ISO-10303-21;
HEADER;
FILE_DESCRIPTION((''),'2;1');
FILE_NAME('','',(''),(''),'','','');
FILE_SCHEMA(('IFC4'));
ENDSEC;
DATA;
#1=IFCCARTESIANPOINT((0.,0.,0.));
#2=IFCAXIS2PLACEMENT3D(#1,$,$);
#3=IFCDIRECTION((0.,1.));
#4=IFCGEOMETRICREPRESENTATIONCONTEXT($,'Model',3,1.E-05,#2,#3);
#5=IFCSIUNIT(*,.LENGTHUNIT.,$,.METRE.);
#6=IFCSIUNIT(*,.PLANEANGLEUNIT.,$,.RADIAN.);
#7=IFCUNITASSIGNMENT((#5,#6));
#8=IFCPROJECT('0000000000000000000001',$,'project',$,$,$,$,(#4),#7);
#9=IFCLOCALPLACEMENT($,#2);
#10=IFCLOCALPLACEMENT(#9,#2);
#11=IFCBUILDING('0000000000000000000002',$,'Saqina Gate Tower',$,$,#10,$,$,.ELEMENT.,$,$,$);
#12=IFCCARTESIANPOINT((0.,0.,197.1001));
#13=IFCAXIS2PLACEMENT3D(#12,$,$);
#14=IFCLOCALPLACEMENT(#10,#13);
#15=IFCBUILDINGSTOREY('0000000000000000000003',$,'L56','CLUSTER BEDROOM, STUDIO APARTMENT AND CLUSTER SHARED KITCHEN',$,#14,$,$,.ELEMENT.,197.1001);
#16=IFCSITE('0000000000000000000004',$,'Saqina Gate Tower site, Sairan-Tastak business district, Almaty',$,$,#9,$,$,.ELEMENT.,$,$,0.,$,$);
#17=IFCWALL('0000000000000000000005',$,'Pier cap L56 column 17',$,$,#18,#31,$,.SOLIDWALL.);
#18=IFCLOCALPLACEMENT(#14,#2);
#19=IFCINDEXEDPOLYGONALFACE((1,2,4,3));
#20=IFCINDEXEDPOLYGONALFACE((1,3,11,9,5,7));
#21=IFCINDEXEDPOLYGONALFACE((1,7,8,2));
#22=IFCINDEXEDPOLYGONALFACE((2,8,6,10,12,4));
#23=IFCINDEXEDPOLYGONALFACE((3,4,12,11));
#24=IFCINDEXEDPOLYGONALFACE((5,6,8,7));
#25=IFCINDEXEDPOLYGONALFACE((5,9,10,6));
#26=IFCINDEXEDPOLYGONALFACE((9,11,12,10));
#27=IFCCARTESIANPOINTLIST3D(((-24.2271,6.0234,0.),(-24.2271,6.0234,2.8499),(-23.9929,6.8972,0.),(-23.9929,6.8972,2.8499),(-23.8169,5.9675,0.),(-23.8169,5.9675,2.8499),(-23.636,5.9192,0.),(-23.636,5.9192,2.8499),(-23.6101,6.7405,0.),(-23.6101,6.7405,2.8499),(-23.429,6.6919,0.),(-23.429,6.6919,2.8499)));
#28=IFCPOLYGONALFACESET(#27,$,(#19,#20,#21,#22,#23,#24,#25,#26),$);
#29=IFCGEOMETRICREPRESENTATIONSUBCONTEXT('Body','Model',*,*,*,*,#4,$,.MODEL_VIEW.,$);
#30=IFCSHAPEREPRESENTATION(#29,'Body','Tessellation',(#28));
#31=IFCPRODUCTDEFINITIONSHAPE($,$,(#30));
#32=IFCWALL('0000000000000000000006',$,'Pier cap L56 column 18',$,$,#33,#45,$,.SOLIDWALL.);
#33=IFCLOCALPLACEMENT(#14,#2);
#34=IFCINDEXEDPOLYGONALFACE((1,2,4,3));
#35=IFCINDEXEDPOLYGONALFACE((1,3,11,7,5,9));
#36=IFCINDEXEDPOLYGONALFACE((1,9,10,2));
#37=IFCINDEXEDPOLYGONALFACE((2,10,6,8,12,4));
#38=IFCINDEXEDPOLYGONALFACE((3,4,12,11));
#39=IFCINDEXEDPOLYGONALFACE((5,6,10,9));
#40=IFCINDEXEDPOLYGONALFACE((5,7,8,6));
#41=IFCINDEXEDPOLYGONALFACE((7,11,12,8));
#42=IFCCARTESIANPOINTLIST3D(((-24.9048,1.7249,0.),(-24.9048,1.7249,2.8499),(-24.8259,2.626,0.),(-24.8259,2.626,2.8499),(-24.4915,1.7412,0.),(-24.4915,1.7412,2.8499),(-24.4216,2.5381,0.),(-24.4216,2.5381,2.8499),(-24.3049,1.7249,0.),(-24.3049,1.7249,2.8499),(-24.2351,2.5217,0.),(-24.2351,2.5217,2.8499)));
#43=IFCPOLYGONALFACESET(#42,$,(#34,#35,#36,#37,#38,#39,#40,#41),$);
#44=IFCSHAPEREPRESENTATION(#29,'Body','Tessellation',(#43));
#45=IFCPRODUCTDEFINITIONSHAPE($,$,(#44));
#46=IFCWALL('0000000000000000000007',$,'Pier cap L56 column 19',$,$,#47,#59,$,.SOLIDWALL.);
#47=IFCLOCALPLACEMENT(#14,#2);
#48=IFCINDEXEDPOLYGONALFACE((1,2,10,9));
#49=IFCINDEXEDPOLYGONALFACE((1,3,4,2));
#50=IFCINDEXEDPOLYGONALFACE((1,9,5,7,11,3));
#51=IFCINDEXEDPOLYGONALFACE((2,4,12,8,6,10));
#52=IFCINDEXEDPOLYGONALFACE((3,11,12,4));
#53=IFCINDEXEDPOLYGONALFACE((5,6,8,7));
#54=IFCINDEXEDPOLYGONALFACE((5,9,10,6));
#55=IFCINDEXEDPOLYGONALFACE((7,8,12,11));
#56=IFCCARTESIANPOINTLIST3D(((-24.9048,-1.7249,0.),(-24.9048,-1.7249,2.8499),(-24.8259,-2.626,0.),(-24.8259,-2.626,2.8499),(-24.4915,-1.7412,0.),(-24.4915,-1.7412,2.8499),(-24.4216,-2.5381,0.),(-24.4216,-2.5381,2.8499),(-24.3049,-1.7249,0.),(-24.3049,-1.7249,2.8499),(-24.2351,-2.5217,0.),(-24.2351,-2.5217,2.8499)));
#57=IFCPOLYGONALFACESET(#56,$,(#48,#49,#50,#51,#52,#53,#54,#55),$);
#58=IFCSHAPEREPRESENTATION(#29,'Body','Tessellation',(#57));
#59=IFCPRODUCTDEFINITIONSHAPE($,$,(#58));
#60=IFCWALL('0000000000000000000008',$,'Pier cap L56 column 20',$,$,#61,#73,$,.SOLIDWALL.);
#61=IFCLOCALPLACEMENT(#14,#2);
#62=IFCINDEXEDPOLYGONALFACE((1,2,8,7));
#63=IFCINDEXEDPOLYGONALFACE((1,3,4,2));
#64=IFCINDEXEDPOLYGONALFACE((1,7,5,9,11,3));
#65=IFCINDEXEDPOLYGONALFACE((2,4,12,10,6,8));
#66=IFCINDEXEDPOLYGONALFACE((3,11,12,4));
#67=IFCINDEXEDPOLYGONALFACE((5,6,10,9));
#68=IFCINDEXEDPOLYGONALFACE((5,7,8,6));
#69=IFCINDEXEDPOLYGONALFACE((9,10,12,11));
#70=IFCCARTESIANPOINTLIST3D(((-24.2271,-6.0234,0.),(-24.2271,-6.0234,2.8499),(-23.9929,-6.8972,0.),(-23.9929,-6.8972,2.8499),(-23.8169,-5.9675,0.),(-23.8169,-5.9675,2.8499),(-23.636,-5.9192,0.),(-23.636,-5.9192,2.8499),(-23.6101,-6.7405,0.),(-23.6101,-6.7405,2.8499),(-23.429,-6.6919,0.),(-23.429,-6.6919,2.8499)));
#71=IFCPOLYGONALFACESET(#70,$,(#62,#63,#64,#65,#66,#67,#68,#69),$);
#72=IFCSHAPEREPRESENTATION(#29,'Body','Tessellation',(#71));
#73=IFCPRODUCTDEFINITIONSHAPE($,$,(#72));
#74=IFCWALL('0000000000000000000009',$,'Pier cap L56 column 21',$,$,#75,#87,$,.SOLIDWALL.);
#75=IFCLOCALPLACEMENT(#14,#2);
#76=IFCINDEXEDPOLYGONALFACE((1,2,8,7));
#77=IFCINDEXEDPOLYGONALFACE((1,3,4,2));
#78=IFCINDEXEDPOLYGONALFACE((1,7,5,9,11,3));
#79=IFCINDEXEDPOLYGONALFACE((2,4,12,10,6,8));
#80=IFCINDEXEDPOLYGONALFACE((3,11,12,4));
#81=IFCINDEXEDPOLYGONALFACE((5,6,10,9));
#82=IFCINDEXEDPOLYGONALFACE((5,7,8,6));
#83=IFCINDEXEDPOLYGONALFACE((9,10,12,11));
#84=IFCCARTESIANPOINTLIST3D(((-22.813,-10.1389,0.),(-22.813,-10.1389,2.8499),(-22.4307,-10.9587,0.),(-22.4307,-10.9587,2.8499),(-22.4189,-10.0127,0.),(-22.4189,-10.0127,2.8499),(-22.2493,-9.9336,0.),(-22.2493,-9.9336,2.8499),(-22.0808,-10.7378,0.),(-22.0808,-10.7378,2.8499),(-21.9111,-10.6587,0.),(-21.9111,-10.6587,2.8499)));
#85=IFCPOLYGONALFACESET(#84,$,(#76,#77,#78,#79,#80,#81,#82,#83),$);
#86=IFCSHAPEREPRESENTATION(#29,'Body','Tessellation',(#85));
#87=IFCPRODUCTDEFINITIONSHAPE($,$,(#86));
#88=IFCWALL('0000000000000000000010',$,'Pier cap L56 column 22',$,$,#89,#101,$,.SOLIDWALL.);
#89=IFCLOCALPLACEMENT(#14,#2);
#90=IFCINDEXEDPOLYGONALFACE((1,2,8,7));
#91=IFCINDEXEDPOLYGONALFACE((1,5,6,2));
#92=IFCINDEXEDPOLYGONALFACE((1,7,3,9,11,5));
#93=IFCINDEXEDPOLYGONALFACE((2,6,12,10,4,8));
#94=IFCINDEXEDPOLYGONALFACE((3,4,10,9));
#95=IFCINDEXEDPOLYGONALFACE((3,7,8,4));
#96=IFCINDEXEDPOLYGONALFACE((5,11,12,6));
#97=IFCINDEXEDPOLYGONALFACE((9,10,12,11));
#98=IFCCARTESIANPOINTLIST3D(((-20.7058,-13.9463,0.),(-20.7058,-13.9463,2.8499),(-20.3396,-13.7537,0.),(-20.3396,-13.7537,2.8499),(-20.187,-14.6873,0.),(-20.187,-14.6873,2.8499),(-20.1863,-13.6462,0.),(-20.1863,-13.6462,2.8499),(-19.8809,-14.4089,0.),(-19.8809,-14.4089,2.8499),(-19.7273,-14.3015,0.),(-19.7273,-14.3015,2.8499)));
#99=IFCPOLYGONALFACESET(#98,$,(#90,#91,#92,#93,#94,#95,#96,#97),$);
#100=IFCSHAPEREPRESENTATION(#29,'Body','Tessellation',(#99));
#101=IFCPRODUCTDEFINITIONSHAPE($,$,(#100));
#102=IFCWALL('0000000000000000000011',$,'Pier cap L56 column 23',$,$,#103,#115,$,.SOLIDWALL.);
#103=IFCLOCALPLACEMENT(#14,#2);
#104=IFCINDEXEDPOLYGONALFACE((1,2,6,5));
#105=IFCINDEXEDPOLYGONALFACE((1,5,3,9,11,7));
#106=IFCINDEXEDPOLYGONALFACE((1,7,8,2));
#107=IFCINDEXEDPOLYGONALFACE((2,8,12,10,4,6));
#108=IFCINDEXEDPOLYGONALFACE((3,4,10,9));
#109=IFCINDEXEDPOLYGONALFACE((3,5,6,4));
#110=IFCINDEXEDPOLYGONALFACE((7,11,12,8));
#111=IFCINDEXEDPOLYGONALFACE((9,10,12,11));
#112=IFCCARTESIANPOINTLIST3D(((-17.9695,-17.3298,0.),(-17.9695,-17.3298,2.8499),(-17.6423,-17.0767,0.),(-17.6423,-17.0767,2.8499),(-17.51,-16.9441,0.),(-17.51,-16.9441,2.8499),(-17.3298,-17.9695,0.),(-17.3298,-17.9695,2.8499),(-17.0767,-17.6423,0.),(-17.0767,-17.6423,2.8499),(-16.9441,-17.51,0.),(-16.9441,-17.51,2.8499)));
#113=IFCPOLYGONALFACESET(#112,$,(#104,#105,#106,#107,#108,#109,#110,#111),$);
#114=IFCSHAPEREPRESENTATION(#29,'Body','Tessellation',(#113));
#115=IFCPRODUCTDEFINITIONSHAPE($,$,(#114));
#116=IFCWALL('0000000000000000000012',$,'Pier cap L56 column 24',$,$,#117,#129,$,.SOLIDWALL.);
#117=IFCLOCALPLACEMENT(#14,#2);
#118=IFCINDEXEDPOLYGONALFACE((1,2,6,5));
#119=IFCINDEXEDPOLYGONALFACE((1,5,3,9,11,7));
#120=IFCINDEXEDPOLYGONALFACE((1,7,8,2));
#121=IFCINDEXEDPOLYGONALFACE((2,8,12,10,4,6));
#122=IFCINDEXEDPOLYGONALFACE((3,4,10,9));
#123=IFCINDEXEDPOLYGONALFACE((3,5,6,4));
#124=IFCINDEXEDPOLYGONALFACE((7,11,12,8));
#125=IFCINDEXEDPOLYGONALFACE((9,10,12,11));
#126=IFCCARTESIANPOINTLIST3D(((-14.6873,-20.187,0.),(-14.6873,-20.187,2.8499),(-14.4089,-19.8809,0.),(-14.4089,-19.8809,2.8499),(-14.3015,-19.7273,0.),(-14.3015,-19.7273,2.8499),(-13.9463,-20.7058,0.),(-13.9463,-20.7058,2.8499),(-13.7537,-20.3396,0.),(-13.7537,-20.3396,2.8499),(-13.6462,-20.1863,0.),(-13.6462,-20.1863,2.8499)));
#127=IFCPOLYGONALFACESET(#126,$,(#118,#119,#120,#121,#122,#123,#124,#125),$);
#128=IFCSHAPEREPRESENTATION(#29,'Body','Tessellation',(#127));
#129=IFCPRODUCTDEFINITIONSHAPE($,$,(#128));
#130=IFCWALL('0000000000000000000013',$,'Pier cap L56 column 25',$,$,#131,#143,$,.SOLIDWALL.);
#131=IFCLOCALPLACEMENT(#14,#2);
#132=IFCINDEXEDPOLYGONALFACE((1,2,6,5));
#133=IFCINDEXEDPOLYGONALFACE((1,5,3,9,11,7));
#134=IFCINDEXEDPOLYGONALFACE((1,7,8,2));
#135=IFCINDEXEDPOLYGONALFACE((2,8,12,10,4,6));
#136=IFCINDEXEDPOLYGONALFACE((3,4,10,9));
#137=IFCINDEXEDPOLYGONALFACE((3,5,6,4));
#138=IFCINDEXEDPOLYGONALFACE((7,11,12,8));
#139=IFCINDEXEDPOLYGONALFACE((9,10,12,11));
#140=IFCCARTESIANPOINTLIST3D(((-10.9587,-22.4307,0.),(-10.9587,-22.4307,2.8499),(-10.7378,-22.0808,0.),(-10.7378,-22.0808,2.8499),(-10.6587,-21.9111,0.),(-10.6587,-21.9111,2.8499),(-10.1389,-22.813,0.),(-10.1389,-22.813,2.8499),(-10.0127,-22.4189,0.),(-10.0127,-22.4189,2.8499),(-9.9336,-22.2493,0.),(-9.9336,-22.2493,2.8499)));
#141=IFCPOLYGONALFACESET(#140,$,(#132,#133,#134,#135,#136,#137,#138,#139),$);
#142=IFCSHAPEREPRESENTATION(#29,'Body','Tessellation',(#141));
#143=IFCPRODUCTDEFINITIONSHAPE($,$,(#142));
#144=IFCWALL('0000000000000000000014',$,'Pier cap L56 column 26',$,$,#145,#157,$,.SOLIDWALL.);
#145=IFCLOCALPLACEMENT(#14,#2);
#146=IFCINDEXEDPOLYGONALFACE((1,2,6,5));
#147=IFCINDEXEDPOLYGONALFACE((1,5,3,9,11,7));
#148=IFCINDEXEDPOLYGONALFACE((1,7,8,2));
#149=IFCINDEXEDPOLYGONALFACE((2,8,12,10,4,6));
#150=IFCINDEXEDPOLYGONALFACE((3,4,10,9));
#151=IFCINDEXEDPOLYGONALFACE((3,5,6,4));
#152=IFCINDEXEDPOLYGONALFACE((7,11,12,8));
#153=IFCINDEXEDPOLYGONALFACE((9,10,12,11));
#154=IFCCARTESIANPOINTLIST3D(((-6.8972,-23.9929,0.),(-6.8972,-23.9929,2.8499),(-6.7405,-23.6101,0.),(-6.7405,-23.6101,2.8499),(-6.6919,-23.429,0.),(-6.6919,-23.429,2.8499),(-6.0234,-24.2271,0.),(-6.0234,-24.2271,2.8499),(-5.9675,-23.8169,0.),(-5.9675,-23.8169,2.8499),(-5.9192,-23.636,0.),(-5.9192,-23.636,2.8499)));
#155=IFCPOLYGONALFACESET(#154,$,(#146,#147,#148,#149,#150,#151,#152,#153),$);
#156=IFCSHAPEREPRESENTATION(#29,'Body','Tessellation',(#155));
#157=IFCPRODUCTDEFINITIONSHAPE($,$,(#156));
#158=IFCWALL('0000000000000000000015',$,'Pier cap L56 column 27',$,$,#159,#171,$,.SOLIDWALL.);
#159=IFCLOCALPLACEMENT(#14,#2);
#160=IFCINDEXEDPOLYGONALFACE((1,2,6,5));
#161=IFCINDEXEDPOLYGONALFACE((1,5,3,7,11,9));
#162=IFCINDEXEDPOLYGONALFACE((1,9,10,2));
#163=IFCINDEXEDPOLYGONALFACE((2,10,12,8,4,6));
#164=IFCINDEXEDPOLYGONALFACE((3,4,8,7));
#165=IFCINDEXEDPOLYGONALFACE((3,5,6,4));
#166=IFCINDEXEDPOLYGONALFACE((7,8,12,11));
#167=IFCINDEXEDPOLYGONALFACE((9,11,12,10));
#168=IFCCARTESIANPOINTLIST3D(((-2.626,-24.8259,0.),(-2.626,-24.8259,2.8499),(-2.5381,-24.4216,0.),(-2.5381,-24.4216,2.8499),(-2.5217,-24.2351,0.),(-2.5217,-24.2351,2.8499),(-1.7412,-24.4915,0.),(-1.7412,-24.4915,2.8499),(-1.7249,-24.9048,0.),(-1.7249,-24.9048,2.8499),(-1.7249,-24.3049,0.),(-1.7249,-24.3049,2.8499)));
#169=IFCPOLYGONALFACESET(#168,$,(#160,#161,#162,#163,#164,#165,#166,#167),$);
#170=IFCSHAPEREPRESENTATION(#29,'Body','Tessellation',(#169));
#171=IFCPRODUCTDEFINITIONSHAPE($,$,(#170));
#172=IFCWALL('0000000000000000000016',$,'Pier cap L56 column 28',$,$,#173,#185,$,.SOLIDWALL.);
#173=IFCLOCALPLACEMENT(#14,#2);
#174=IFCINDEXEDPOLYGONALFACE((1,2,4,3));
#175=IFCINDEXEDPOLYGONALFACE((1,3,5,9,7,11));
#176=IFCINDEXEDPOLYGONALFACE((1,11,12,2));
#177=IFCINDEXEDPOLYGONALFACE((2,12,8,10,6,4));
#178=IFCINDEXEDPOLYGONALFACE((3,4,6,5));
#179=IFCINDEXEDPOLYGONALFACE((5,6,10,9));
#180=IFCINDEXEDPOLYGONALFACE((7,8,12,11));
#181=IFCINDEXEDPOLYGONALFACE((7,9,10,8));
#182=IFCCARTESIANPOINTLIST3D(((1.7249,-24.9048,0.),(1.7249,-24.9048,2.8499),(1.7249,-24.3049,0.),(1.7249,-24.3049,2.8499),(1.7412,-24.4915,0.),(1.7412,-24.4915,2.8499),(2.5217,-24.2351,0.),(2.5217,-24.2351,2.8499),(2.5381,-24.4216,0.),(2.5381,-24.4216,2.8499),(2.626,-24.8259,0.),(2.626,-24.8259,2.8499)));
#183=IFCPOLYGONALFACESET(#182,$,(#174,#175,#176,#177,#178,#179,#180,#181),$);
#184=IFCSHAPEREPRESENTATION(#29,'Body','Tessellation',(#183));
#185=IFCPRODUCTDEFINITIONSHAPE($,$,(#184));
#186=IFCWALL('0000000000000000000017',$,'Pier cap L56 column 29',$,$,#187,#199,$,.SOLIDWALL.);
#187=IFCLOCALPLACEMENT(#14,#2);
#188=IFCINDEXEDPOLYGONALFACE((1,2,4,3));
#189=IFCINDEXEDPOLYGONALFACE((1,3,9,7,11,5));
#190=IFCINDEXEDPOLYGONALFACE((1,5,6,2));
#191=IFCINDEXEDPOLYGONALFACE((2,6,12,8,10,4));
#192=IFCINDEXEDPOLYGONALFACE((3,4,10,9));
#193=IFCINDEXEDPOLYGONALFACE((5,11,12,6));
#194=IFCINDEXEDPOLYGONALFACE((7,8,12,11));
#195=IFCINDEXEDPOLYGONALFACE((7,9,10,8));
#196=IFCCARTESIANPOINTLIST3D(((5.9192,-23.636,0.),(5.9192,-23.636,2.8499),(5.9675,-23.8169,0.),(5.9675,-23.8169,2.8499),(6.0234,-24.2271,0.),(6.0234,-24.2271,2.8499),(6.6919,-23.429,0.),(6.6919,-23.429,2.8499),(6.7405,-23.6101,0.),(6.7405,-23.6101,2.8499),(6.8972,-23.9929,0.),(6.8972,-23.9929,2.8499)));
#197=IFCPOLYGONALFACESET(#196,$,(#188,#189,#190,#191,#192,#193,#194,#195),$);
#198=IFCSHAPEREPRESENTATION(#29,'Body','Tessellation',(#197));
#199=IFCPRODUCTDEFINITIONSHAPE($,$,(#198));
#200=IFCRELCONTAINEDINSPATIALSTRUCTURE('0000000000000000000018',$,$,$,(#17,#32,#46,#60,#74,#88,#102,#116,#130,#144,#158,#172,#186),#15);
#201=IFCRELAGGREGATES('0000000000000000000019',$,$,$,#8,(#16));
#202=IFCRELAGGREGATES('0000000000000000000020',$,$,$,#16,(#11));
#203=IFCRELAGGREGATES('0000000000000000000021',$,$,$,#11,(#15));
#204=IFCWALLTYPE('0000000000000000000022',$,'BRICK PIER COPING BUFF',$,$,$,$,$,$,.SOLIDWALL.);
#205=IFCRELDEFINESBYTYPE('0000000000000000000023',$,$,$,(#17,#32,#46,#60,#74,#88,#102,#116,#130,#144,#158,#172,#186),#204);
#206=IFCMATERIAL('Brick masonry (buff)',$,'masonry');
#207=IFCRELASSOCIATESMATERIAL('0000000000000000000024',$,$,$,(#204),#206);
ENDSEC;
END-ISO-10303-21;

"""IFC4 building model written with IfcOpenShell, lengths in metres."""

from ifc_helpers import new_model, si_unit, direction, frame, origin, place, context, subcontext, project, spatial, polyline, outline, extrude, material, type_object, element, save


model = new_model("IFC4")

# Units and contexts
model_context = context("Model", 3, precision=1e-05, world=origin(), true_north=direction((0.0, 1.0)))
body_context = subcontext(model_context, "Body", "Model", "MODEL_VIEW")
ifc_project = project(units=[si_unit("LENGTHUNIT", "METRE"), si_unit("PLANEANGLEUNIT", "RADIAN")], contexts=[model_context])

# Site, building, storey
site_placement = place(None, origin())
site = spatial("IfcSite", under=ifc_project, at=site_placement, Name="Saqina Gate Tower site, Sairan-Tastak business district, Almaty", CompositionType="ELEMENT", RefElevation=0.0)
building_placement = place(site_placement, origin())
building = spatial("IfcBuilding", under=site, at=building_placement, Name="Saqina Gate Tower", CompositionType="ELEMENT")
storey_placement = place(building_placement, frame((0.0, 0.0, 197.1001)))
storey = spatial("IfcBuildingStorey", under=building, at=storey_placement, Name="L56", Description="CLUSTER BEDROOM, STUDIO APARTMENT AND CLUSTER SHARED KITCHEN", CompositionType="ELEMENT", Elevation=197.1001)

# Walls
ifc_material = material(Name="Brick masonry (buff)", Category="masonry")
wall_type = type_object("IfcWallType", Name="BRICK PIER COPING BUFF", PredefinedType="SOLIDWALL", material=ifc_material)
wall_1_placement = place(storey_placement, origin())
element("IfcWall", 1, at=wall_1_placement, inside=storey, type_object=wall_type, Name="Pier cap L56 column 17", PredefinedType="SOLIDWALL", context=body_context, shape_type="SweptSolid", body=[
    extrude(outline(polyline([(-24.2271, 6.0234), (-23.636, 5.9192), (-23.8169, 5.9675), (-23.6101, 6.7405), (-23.429, 6.6919), (-23.9929, 6.8972), (-24.2271, 6.0234)])), origin(), (0.0, 0.0, 1.0), 2.8499),
])
wall_2_placement = place(storey_placement, origin())
element("IfcWall", 2, at=wall_2_placement, inside=storey, type_object=wall_type, Name="Pier cap L56 column 18", PredefinedType="SOLIDWALL", context=body_context, shape_type="SweptSolid", body=[
    extrude(outline(polyline([(-24.8259, 2.626), (-24.9048, 1.7249), (-24.3049, 1.7249), (-24.4915, 1.7412), (-24.4216, 2.5381), (-24.2351, 2.5217), (-24.8259, 2.626)])), origin(), (0.0, 0.0, 1.0), 2.8499),
])
wall_3_placement = place(storey_placement, origin())
element("IfcWall", 3, at=wall_3_placement, inside=storey, type_object=wall_type, Name="Pier cap L56 column 19", PredefinedType="SOLIDWALL", context=body_context, shape_type="SweptSolid", body=[
    extrude(outline(polyline([(-24.9048, -1.7249), (-24.8259, -2.626), (-24.2351, -2.5217), (-24.4216, -2.5381), (-24.4915, -1.7412), (-24.3049, -1.7249), (-24.9048, -1.7249)])), origin(), (0.0, 0.0, 1.0), 2.8499),
])
wall_4_placement = place(storey_placement, origin())
element("IfcWall", 4, at=wall_4_placement, inside=storey, type_object=wall_type, Name="Pier cap L56 column 20", PredefinedType="SOLIDWALL", context=body_context, shape_type="SweptSolid", body=[
    extrude(outline(polyline([(-24.2271, -6.0234), (-23.9929, -6.8972), (-23.429, -6.6919), (-23.6101, -6.7405), (-23.8169, -5.9675), (-23.636, -5.9192), (-24.2271, -6.0234)])), origin(), (0.0, 0.0, 1.0), 2.8499),
])
wall_5_placement = place(storey_placement, origin())
element("IfcWall", 5, at=wall_5_placement, inside=storey, type_object=wall_type, Name="Pier cap L56 column 21", PredefinedType="SOLIDWALL", context=body_context, shape_type="SweptSolid", body=[
    extrude(outline(polyline([(-22.4307, -10.9587), (-21.9111, -10.6587), (-22.0808, -10.7378), (-22.4189, -10.0127), (-22.2493, -9.9336), (-22.813, -10.1389), (-22.4307, -10.9587)])), origin(), (0.0, 0.0, 1.0), 2.8499),
])
wall_6_placement = place(storey_placement, origin())
element("IfcWall", 6, at=wall_6_placement, inside=storey, type_object=wall_type, Name="Pier cap L56 column 22", PredefinedType="SOLIDWALL", context=body_context, shape_type="SweptSolid", body=[
    extrude(outline(polyline([(-20.7058, -13.9463), (-20.187, -14.6873), (-19.7273, -14.3015), (-19.8809, -14.4089), (-20.3396, -13.7537), (-20.1863, -13.6462), (-20.7058, -13.9463)])), origin(), (0.0, 0.0, 1.0), 2.8499),
])
wall_7_placement = place(storey_placement, origin())
element("IfcWall", 7, at=wall_7_placement, inside=storey, type_object=wall_type, Name="Pier cap L56 column 23", PredefinedType="SOLIDWALL", context=body_context, shape_type="SweptSolid", body=[
    extrude(outline(polyline([(-17.3298, -17.9695), (-16.9441, -17.51), (-17.0767, -17.6423), (-17.6423, -17.0767), (-17.51, -16.9441), (-17.9695, -17.3298), (-17.3298, -17.9695)])), origin(), (0.0, 0.0, 1.0), 2.8499),
])
wall_8_placement = place(storey_placement, origin())
element("IfcWall", 8, at=wall_8_placement, inside=storey, type_object=wall_type, Name="Pier cap L56 column 24", PredefinedType="SOLIDWALL", context=body_context, shape_type="SweptSolid", body=[
    extrude(outline(polyline([(-14.6873, -20.187), (-13.9463, -20.7058), (-13.6462, -20.1863), (-13.7537, -20.3396), (-14.4089, -19.8809), (-14.3015, -19.7273), (-14.6873, -20.187)])), origin(), (0.0, 0.0, 1.0), 2.8499),
])
wall_9_placement = place(storey_placement, origin())
element("IfcWall", 9, at=wall_9_placement, inside=storey, type_object=wall_type, Name="Pier cap L56 column 25", PredefinedType="SOLIDWALL", context=body_context, shape_type="SweptSolid", body=[
    extrude(outline(polyline([(-10.1389, -22.813), (-9.9336, -22.2493), (-10.0127, -22.4189), (-10.7378, -22.0808), (-10.6587, -21.9111), (-10.9587, -22.4307), (-10.1389, -22.813)])), origin(), (0.0, 0.0, 1.0), 2.8499),
])
wall_10_placement = place(storey_placement, origin())
element("IfcWall", 10, at=wall_10_placement, inside=storey, type_object=wall_type, Name="Pier cap L56 column 26", PredefinedType="SOLIDWALL", context=body_context, shape_type="SweptSolid", body=[
    extrude(outline(polyline([(-6.0234, -24.2271), (-5.9192, -23.636), (-5.9675, -23.8169), (-6.7405, -23.6101), (-6.6919, -23.429), (-6.8972, -23.9929), (-6.0234, -24.2271)])), origin(), (0.0, 0.0, 1.0), 2.8499),
])
wall_11_placement = place(storey_placement, origin())
element("IfcWall", 11, at=wall_11_placement, inside=storey, type_object=wall_type, Name="Pier cap L56 column 27", PredefinedType="SOLIDWALL", context=body_context, shape_type="SweptSolid", body=[
    extrude(outline(polyline([(-2.626, -24.8259), (-1.7249, -24.9048), (-1.7249, -24.3049), (-1.7412, -24.4915), (-2.5381, -24.4216), (-2.5217, -24.2351), (-2.626, -24.8259)])), origin(), (0.0, 0.0, 1.0), 2.8499),
])
wall_12_placement = place(storey_placement, origin())
element("IfcWall", 12, at=wall_12_placement, inside=storey, type_object=wall_type, Name="Pier cap L56 column 28", PredefinedType="SOLIDWALL", context=body_context, shape_type="SweptSolid", body=[
    extrude(outline(polyline([(1.7249, -24.9048), (2.626, -24.8259), (2.5217, -24.2351), (2.5381, -24.4216), (1.7412, -24.4915), (1.7249, -24.3049), (1.7249, -24.9048)])), origin(), (0.0, 0.0, 1.0), 2.8499),
])
wall_13_placement = place(storey_placement, origin())
element("IfcWall", 13, at=wall_13_placement, inside=storey, type_object=wall_type, Name="Pier cap L56 column 29", PredefinedType="SOLIDWALL", context=body_context, shape_type="SweptSolid", body=[
    extrude(outline(polyline([(6.0234, -24.2271), (6.8972, -23.9929), (6.6919, -23.429), (6.7405, -23.6101), (5.9675, -23.8169), (5.9192, -23.636), (6.0234, -24.2271)])), origin(), (0.0, 0.0, 1.0), 2.8499),
])

save(model, "model.ifc")
